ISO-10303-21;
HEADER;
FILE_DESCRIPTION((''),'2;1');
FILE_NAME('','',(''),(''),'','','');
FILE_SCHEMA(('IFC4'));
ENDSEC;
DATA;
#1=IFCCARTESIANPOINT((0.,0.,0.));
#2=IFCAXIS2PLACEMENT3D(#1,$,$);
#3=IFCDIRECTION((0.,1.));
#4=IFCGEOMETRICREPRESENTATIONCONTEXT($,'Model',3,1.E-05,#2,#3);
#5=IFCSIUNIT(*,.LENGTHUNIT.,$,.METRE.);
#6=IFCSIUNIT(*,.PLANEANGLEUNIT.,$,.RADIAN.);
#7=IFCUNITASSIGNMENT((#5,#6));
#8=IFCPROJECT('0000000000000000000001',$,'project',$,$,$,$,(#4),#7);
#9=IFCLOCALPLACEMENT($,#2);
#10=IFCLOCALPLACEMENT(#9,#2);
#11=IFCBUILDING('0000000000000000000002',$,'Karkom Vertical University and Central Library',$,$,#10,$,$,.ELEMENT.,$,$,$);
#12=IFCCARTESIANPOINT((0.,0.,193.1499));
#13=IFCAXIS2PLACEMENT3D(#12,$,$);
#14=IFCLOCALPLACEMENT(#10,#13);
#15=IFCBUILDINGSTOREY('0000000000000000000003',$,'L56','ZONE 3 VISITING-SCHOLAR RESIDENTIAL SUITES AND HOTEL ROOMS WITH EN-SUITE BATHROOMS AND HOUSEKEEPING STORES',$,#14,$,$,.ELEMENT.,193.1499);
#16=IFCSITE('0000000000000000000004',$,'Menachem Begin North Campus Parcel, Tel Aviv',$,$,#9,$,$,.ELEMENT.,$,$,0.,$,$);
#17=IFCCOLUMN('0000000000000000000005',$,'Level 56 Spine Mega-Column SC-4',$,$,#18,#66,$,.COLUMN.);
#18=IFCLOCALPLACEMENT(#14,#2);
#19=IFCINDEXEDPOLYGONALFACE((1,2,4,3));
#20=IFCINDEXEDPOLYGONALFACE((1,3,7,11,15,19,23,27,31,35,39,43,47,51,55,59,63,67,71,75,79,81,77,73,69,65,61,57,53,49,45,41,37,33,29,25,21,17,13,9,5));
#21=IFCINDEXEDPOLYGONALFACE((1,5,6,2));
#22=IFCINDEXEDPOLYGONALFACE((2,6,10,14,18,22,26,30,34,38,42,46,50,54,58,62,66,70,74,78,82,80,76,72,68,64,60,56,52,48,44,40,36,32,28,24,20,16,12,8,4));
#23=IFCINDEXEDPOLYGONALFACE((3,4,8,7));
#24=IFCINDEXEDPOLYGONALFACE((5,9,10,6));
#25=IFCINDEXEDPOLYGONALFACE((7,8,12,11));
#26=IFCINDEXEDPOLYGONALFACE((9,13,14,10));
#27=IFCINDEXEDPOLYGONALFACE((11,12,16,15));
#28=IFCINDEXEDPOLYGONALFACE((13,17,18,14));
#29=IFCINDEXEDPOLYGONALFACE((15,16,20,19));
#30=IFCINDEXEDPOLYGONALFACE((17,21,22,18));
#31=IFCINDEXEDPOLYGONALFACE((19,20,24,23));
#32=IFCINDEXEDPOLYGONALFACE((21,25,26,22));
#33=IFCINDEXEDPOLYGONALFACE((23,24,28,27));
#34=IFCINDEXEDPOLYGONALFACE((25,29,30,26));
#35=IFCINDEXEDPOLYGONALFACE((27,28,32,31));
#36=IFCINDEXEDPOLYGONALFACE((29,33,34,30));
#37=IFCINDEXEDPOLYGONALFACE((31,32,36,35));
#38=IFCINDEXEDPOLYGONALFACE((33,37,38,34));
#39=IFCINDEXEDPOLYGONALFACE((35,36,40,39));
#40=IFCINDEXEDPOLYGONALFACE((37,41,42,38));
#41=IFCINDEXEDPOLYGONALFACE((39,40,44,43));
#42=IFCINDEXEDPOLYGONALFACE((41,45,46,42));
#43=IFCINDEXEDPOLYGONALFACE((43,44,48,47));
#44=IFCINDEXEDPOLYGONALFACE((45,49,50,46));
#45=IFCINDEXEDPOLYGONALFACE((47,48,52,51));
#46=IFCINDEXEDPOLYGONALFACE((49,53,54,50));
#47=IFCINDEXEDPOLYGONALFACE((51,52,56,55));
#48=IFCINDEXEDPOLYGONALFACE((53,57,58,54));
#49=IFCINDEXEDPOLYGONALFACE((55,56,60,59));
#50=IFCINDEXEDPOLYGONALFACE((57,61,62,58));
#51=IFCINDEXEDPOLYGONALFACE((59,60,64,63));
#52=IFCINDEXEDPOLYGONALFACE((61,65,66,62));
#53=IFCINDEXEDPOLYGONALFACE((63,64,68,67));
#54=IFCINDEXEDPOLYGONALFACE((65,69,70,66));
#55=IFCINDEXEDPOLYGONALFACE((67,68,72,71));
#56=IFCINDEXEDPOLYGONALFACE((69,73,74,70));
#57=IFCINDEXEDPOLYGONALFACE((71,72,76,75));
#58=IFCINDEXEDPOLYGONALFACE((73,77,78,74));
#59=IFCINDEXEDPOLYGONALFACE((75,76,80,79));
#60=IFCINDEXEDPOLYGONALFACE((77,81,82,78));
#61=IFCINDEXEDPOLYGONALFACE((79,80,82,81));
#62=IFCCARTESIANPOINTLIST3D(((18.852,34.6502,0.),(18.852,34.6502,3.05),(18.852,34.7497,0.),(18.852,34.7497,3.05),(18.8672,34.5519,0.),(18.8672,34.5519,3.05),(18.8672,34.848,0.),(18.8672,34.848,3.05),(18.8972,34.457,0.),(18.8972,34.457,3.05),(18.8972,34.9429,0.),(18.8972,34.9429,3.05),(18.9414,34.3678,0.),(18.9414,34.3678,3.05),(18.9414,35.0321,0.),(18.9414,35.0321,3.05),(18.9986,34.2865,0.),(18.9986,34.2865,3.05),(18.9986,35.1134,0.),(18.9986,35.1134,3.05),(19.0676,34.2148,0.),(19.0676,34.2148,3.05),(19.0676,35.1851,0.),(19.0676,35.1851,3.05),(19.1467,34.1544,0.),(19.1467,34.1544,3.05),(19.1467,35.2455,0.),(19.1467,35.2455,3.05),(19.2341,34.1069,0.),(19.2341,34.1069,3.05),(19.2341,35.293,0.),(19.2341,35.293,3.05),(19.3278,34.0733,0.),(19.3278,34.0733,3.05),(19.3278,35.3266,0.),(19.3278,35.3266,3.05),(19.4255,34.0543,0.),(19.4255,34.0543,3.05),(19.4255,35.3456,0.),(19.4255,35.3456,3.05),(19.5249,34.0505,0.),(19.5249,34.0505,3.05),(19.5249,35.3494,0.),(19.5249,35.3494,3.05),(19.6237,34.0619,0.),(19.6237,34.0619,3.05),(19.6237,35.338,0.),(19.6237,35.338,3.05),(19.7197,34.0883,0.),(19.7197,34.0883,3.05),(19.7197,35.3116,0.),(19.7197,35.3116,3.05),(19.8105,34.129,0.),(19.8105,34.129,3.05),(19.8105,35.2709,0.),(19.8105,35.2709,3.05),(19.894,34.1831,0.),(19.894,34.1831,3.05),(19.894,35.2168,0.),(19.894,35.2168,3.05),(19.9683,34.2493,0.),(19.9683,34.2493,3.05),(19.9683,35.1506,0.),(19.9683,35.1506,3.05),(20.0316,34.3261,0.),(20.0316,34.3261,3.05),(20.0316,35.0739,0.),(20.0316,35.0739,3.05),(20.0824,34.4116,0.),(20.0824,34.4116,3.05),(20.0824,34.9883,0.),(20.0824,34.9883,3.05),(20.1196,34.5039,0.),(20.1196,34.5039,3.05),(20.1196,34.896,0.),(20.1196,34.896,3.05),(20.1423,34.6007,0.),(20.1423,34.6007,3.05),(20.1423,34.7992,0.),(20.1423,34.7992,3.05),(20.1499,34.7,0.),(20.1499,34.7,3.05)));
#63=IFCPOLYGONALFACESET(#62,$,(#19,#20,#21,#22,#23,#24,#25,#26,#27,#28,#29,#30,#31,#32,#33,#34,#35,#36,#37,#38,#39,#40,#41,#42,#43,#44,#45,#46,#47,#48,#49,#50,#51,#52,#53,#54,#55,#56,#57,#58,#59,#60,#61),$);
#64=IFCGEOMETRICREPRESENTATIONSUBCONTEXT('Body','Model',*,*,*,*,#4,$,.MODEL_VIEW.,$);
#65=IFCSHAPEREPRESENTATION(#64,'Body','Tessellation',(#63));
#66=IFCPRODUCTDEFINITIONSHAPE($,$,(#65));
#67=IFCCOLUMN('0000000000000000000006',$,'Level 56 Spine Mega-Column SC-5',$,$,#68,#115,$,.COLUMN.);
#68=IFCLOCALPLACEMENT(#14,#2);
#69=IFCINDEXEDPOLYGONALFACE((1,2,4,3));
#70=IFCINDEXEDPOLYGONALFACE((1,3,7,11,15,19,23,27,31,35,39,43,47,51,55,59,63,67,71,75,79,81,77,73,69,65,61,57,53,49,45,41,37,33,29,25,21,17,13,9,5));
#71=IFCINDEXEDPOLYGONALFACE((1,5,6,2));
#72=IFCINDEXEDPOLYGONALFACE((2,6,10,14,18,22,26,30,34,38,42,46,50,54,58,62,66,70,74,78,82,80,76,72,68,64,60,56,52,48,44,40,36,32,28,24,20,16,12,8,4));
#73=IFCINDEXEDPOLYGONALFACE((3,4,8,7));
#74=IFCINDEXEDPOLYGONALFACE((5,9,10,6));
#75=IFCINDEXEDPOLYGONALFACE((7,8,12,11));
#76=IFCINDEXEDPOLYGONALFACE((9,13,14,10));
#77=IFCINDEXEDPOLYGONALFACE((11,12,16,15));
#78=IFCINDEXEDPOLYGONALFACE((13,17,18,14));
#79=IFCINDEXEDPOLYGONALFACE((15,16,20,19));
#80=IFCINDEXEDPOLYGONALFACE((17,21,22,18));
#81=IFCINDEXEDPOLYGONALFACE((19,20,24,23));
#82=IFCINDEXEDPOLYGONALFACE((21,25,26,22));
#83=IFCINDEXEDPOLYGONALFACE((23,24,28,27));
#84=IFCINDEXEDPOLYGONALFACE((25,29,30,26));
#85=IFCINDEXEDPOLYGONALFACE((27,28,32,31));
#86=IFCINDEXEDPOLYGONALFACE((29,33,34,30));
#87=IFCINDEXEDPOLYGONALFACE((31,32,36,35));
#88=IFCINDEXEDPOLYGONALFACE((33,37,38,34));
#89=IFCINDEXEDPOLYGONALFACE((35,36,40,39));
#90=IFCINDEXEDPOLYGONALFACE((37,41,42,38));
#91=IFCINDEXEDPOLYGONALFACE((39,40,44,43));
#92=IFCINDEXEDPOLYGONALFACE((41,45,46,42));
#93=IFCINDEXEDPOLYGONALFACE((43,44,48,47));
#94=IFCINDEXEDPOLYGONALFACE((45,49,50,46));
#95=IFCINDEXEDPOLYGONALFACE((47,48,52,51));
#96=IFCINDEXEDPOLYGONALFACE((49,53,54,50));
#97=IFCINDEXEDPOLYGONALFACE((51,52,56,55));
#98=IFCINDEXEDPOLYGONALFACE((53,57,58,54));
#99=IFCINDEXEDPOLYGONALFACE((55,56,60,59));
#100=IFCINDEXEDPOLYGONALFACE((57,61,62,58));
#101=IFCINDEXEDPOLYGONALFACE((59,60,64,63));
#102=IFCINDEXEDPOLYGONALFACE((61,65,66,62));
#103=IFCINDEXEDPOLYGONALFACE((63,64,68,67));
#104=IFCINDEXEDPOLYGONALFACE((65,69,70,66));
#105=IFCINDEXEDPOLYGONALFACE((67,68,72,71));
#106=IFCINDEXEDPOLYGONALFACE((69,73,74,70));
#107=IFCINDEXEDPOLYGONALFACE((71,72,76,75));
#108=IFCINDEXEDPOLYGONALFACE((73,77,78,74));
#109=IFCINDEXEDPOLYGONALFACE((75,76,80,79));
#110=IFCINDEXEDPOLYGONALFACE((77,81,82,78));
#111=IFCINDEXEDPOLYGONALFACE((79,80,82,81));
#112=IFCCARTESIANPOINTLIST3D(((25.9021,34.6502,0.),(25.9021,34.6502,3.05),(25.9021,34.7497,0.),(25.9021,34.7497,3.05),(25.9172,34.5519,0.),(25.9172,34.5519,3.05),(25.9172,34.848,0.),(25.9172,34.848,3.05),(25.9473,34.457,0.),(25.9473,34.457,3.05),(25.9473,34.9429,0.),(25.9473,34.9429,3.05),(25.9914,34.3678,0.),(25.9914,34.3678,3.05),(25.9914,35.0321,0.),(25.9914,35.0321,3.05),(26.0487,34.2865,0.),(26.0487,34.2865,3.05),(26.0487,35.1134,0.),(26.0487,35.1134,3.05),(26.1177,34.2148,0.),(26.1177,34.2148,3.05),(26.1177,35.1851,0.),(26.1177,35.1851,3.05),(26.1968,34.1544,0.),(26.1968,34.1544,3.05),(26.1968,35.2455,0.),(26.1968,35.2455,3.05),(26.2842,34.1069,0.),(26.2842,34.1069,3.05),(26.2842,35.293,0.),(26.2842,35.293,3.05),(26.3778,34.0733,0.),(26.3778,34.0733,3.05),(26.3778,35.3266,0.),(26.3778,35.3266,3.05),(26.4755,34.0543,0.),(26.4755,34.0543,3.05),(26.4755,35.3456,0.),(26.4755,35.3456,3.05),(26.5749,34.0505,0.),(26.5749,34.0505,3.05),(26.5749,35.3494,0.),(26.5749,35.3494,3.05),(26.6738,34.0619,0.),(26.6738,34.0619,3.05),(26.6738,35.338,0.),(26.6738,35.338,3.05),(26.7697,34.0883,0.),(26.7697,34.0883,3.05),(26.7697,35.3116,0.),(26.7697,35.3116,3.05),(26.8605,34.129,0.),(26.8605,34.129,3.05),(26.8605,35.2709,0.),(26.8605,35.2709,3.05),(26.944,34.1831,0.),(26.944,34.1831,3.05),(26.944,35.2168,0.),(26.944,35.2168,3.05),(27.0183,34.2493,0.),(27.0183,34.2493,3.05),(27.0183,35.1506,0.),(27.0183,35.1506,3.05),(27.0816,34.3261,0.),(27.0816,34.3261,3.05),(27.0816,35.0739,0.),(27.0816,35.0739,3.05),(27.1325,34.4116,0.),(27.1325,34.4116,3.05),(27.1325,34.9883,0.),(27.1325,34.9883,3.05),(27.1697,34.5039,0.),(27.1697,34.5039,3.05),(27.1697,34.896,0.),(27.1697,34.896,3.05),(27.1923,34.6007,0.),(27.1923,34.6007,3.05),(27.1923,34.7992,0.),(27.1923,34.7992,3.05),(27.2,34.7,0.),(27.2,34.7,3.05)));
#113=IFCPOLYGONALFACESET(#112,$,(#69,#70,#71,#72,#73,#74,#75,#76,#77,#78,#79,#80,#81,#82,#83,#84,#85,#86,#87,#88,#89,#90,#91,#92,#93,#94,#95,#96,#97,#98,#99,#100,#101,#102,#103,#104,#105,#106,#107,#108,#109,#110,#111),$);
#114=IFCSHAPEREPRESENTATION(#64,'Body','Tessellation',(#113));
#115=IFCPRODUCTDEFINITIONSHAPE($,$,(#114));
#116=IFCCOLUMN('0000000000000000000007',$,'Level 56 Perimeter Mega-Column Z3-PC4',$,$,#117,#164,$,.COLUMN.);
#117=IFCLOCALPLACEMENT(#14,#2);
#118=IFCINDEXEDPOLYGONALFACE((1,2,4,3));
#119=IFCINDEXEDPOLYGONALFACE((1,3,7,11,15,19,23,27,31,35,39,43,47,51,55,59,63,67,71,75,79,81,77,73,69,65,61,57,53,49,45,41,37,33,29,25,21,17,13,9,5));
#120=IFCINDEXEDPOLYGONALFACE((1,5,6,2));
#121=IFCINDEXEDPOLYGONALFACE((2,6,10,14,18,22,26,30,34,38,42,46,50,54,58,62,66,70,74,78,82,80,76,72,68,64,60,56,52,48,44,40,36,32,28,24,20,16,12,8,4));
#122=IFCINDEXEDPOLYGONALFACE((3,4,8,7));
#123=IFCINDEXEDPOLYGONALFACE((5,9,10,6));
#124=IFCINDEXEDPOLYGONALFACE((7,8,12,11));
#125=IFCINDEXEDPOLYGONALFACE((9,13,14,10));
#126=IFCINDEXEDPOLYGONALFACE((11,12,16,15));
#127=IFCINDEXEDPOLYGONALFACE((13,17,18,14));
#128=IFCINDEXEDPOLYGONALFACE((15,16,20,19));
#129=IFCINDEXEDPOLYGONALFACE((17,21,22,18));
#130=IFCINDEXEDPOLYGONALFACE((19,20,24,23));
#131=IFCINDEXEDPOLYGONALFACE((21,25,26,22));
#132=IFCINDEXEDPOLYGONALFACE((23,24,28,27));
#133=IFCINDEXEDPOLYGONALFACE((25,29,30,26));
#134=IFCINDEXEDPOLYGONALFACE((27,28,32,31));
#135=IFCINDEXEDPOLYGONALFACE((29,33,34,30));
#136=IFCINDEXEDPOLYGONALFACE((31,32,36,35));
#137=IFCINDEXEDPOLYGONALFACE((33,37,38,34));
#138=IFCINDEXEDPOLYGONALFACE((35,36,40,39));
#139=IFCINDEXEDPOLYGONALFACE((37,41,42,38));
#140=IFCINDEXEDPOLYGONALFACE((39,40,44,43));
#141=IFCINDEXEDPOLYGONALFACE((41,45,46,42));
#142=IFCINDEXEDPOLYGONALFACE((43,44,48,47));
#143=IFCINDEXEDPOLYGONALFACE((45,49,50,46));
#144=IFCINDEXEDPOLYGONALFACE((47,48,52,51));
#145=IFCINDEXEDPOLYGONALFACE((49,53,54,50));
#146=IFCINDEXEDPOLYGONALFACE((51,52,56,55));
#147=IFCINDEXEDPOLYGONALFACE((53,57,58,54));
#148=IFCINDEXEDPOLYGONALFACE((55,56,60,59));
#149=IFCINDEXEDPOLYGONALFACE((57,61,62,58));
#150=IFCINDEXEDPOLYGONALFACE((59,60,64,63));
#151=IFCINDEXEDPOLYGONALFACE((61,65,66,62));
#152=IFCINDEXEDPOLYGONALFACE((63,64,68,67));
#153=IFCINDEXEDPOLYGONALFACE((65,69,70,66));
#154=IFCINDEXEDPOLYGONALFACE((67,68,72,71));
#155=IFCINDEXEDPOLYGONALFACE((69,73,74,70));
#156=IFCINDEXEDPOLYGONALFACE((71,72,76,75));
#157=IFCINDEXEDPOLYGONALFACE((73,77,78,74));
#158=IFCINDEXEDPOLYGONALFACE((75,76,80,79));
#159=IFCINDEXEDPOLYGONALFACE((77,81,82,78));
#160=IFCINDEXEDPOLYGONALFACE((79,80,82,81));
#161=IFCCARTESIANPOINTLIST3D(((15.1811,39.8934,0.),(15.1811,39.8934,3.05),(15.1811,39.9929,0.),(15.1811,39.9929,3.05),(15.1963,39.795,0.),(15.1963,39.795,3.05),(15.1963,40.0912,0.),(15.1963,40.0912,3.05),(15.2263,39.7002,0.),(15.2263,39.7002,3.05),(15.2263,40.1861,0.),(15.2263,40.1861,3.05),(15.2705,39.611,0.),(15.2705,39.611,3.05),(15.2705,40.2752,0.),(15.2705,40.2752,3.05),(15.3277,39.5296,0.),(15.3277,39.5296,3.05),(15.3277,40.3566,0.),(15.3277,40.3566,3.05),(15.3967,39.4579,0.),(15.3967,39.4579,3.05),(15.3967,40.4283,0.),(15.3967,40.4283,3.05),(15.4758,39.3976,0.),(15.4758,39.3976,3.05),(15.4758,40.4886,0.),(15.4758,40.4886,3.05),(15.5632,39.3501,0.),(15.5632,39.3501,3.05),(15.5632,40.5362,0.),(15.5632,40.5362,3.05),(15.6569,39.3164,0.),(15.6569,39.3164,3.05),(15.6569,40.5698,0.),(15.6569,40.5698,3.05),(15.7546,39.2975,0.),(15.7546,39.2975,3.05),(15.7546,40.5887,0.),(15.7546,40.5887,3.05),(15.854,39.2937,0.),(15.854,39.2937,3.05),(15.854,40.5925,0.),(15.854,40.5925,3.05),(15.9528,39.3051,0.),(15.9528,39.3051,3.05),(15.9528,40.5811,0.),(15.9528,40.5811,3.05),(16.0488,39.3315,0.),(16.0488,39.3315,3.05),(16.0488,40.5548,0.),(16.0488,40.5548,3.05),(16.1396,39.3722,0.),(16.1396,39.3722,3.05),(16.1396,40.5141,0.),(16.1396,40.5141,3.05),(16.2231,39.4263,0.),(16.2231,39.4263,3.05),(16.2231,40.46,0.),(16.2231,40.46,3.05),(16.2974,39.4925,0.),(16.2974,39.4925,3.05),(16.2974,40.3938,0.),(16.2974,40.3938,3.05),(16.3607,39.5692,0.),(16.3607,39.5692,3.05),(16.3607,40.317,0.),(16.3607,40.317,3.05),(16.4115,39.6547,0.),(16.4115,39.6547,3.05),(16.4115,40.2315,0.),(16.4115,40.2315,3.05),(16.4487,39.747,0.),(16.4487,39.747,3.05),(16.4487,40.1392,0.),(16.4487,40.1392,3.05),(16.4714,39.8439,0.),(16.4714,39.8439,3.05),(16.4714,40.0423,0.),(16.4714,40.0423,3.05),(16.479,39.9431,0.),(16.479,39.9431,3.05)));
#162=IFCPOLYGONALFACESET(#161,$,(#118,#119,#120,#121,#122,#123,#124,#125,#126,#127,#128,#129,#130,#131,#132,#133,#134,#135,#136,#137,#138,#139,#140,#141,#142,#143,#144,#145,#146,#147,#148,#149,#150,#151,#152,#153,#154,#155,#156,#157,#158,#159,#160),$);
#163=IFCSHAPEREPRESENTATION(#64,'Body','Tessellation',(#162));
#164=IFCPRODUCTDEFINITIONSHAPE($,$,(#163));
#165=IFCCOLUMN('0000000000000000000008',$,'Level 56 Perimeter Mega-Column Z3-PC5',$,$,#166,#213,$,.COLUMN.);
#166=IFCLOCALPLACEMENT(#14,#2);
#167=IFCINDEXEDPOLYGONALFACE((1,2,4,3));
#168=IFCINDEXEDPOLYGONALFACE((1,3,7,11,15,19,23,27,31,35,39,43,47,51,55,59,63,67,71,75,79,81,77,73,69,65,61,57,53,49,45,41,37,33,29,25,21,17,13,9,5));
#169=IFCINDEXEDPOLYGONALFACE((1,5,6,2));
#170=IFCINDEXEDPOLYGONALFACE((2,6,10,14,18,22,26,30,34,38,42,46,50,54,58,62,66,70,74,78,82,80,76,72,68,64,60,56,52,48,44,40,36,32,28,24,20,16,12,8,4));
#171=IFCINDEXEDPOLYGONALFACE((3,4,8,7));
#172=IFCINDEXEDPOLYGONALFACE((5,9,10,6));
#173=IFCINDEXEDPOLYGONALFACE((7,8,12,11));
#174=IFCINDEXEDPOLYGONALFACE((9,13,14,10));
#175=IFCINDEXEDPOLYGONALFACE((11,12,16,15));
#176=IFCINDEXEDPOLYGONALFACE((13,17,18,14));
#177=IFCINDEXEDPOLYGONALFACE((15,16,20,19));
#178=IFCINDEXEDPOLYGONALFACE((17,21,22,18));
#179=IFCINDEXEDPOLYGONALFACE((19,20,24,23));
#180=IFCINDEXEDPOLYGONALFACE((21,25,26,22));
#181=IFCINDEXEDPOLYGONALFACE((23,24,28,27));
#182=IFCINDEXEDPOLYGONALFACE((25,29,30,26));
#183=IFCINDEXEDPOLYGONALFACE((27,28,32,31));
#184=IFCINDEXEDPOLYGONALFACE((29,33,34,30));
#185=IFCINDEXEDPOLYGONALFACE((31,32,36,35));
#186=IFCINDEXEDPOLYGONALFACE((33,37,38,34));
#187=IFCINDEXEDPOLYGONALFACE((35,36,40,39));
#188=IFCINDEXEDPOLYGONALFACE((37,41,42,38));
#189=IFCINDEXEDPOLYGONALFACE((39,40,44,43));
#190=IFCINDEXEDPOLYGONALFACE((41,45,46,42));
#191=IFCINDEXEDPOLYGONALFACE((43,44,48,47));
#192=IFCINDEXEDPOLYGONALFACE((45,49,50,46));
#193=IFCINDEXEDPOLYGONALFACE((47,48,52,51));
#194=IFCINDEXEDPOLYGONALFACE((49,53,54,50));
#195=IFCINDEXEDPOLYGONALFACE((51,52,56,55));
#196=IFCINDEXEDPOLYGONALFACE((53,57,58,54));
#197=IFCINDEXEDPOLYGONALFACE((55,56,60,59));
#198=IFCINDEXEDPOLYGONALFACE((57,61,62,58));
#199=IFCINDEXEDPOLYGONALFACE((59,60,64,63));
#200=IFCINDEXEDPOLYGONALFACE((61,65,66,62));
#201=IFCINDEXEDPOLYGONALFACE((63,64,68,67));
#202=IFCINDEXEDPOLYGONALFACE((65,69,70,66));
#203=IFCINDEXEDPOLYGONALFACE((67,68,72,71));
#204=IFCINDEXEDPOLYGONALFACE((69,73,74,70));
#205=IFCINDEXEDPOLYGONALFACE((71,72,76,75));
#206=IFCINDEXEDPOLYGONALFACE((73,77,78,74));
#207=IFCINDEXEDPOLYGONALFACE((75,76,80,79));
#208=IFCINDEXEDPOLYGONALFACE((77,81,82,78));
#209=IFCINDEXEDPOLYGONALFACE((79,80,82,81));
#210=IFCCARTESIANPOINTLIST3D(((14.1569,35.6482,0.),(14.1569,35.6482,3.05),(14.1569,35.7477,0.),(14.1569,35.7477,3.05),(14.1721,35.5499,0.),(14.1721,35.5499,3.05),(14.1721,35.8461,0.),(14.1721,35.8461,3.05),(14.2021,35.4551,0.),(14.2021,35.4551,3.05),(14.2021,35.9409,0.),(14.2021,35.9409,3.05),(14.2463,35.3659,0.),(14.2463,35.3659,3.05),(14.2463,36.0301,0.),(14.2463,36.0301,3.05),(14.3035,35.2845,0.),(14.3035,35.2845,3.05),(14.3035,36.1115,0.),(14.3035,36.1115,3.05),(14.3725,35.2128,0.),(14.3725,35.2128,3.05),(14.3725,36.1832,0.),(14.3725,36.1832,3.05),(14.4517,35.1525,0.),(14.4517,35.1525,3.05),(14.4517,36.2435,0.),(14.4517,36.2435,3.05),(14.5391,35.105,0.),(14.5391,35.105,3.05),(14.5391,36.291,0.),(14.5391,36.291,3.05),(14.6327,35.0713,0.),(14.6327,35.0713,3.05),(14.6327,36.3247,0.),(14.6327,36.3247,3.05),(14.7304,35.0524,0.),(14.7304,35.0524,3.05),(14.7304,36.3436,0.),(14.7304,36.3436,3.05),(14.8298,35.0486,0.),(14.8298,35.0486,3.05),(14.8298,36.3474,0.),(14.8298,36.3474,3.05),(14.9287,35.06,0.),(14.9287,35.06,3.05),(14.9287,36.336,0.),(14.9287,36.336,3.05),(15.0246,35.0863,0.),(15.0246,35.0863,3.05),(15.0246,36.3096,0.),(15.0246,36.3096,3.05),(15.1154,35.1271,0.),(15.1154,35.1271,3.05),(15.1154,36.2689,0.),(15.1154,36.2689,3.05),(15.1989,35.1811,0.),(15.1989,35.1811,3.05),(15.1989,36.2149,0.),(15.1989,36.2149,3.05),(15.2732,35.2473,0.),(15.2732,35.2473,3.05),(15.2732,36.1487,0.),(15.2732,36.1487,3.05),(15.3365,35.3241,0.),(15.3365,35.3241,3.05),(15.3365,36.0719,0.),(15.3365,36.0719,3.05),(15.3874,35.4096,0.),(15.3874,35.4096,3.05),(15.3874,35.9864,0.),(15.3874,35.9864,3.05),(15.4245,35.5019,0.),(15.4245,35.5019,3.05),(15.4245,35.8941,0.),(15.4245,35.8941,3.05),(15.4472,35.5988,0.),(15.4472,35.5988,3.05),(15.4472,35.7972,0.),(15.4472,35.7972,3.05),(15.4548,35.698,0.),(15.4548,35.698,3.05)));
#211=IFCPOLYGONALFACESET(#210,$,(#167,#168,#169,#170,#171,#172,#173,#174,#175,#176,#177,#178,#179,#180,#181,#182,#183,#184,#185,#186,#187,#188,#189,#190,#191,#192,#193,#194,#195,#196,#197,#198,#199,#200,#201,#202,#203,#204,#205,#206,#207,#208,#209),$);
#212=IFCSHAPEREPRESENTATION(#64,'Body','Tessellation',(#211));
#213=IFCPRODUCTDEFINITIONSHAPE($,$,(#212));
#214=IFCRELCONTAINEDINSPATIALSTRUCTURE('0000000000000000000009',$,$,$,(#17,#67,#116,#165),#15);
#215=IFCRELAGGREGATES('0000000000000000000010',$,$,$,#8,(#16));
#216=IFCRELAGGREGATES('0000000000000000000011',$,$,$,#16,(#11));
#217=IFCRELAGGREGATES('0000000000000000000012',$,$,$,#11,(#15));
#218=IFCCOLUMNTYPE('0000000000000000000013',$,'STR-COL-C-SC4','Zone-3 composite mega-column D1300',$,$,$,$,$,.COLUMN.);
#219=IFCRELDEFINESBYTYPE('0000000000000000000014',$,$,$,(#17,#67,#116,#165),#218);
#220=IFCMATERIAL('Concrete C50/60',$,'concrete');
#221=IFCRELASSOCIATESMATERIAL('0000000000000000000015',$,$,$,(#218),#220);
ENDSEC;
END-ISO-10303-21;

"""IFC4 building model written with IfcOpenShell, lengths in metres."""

from ifc_helpers import new_model, si_unit, direction, frame, origin, origin_with_axes, origin_2d, place, context, subcontext, project, spatial, circle, extrude, source, transform, mapped, material, material_profile, profile_set, type_object, element, save


model = new_model("IFC4")

# Units and contexts
model_context = context("Model", 3, precision=1e-05, world=origin(), true_north=direction((0.0, 1.0)))
body_context = subcontext(model_context, "Body", "Model", "MODEL_VIEW")
ifc_project = project(units=[si_unit("LENGTHUNIT", "METRE"), si_unit("PLANEANGLEUNIT", "RADIAN")], contexts=[model_context])

# Site, building, storey
site_placement = place(None, origin())
site = spatial("IfcSite", under=ifc_project, at=site_placement, Name="Menachem Begin North Campus Parcel, Tel Aviv", CompositionType="ELEMENT", RefElevation=0.0)
building_placement = place(site_placement, origin())
building = spatial("IfcBuilding", under=site, at=building_placement, Name="Karkom Vertical University and Central Library", CompositionType="ELEMENT")
storey_placement = place(building_placement, frame((0.0, 0.0, 193.1499)))
storey = spatial("IfcBuildingStorey", under=building, at=storey_placement, Name="L56", Description="ZONE 3 VISITING-SCHOLAR RESIDENTIAL SUITES AND HOTEL ROOMS WITH EN-SUITE BATHROOMS AND HOUSEKEEPING STORES", CompositionType="ELEMENT", Elevation=193.1499)

# Columns
ifc_material_1 = material(Name="Concrete C50/60", Category="concrete")
ifc_material_profile_1 = material_profile(ifc_material_1, circle(Radius=0.6499, at=origin_2d()), Name="CFT-D1300")
ifc_profile_set_1 = profile_set([ifc_material_profile_1], Name="Concrete C50/60")
column_type = type_object("IfcColumnType", Name="STR-COL-C-SC4", Description="Zone-3 composite mega-column D1300", PredefinedType="COLUMN", material=ifc_profile_set_1)
shared_shape_1 = source(origin_with_axes(), body_context, "Body", "SweptSolid", [
    extrude(circle(Radius=0.6499, at=origin_2d()), origin(), (0.0, 0.0, 1.0), 3.05),
])
for number, where, z_axis, x_axis, name in (
    (1, (19.5, 34.7, 0.0), (0.0, 0.0, 1.0), (1.0, 0.0, 0.0), "Level 56 Spine Mega-Column SC-4"),
    (2, (26.55, 34.7, 0.0), (0.0, 0.0, 1.0), (1.0, 0.0, 0.0), "Level 56 Spine Mega-Column SC-5"),
    (3, (15.8291, 39.9431, 0.0), (0.0, 0.0, 1.0), (1.0, 0.0, 0.0), "Level 56 Perimeter Mega-Column Z3-PC4"),
    (4, (14.8049, 35.698, 0.0), (0.0, 0.0, 1.0), (1.0, 0.0, 0.0), "Level 56 Perimeter Mega-Column Z3-PC5"),
):
    element("IfcColumn", number, at=place(storey_placement, frame(where, z_axis=z_axis, x_axis=x_axis)), inside=storey, type_object=column_type, Name=name, PredefinedType="COLUMN", context=body_context, shape_type="MappedRepresentation", body=[
        mapped(shared_shape_1, transform((0.0, 0.0, 0.0), scale=1.0)),
    ])

save(model, "model.ifc")
